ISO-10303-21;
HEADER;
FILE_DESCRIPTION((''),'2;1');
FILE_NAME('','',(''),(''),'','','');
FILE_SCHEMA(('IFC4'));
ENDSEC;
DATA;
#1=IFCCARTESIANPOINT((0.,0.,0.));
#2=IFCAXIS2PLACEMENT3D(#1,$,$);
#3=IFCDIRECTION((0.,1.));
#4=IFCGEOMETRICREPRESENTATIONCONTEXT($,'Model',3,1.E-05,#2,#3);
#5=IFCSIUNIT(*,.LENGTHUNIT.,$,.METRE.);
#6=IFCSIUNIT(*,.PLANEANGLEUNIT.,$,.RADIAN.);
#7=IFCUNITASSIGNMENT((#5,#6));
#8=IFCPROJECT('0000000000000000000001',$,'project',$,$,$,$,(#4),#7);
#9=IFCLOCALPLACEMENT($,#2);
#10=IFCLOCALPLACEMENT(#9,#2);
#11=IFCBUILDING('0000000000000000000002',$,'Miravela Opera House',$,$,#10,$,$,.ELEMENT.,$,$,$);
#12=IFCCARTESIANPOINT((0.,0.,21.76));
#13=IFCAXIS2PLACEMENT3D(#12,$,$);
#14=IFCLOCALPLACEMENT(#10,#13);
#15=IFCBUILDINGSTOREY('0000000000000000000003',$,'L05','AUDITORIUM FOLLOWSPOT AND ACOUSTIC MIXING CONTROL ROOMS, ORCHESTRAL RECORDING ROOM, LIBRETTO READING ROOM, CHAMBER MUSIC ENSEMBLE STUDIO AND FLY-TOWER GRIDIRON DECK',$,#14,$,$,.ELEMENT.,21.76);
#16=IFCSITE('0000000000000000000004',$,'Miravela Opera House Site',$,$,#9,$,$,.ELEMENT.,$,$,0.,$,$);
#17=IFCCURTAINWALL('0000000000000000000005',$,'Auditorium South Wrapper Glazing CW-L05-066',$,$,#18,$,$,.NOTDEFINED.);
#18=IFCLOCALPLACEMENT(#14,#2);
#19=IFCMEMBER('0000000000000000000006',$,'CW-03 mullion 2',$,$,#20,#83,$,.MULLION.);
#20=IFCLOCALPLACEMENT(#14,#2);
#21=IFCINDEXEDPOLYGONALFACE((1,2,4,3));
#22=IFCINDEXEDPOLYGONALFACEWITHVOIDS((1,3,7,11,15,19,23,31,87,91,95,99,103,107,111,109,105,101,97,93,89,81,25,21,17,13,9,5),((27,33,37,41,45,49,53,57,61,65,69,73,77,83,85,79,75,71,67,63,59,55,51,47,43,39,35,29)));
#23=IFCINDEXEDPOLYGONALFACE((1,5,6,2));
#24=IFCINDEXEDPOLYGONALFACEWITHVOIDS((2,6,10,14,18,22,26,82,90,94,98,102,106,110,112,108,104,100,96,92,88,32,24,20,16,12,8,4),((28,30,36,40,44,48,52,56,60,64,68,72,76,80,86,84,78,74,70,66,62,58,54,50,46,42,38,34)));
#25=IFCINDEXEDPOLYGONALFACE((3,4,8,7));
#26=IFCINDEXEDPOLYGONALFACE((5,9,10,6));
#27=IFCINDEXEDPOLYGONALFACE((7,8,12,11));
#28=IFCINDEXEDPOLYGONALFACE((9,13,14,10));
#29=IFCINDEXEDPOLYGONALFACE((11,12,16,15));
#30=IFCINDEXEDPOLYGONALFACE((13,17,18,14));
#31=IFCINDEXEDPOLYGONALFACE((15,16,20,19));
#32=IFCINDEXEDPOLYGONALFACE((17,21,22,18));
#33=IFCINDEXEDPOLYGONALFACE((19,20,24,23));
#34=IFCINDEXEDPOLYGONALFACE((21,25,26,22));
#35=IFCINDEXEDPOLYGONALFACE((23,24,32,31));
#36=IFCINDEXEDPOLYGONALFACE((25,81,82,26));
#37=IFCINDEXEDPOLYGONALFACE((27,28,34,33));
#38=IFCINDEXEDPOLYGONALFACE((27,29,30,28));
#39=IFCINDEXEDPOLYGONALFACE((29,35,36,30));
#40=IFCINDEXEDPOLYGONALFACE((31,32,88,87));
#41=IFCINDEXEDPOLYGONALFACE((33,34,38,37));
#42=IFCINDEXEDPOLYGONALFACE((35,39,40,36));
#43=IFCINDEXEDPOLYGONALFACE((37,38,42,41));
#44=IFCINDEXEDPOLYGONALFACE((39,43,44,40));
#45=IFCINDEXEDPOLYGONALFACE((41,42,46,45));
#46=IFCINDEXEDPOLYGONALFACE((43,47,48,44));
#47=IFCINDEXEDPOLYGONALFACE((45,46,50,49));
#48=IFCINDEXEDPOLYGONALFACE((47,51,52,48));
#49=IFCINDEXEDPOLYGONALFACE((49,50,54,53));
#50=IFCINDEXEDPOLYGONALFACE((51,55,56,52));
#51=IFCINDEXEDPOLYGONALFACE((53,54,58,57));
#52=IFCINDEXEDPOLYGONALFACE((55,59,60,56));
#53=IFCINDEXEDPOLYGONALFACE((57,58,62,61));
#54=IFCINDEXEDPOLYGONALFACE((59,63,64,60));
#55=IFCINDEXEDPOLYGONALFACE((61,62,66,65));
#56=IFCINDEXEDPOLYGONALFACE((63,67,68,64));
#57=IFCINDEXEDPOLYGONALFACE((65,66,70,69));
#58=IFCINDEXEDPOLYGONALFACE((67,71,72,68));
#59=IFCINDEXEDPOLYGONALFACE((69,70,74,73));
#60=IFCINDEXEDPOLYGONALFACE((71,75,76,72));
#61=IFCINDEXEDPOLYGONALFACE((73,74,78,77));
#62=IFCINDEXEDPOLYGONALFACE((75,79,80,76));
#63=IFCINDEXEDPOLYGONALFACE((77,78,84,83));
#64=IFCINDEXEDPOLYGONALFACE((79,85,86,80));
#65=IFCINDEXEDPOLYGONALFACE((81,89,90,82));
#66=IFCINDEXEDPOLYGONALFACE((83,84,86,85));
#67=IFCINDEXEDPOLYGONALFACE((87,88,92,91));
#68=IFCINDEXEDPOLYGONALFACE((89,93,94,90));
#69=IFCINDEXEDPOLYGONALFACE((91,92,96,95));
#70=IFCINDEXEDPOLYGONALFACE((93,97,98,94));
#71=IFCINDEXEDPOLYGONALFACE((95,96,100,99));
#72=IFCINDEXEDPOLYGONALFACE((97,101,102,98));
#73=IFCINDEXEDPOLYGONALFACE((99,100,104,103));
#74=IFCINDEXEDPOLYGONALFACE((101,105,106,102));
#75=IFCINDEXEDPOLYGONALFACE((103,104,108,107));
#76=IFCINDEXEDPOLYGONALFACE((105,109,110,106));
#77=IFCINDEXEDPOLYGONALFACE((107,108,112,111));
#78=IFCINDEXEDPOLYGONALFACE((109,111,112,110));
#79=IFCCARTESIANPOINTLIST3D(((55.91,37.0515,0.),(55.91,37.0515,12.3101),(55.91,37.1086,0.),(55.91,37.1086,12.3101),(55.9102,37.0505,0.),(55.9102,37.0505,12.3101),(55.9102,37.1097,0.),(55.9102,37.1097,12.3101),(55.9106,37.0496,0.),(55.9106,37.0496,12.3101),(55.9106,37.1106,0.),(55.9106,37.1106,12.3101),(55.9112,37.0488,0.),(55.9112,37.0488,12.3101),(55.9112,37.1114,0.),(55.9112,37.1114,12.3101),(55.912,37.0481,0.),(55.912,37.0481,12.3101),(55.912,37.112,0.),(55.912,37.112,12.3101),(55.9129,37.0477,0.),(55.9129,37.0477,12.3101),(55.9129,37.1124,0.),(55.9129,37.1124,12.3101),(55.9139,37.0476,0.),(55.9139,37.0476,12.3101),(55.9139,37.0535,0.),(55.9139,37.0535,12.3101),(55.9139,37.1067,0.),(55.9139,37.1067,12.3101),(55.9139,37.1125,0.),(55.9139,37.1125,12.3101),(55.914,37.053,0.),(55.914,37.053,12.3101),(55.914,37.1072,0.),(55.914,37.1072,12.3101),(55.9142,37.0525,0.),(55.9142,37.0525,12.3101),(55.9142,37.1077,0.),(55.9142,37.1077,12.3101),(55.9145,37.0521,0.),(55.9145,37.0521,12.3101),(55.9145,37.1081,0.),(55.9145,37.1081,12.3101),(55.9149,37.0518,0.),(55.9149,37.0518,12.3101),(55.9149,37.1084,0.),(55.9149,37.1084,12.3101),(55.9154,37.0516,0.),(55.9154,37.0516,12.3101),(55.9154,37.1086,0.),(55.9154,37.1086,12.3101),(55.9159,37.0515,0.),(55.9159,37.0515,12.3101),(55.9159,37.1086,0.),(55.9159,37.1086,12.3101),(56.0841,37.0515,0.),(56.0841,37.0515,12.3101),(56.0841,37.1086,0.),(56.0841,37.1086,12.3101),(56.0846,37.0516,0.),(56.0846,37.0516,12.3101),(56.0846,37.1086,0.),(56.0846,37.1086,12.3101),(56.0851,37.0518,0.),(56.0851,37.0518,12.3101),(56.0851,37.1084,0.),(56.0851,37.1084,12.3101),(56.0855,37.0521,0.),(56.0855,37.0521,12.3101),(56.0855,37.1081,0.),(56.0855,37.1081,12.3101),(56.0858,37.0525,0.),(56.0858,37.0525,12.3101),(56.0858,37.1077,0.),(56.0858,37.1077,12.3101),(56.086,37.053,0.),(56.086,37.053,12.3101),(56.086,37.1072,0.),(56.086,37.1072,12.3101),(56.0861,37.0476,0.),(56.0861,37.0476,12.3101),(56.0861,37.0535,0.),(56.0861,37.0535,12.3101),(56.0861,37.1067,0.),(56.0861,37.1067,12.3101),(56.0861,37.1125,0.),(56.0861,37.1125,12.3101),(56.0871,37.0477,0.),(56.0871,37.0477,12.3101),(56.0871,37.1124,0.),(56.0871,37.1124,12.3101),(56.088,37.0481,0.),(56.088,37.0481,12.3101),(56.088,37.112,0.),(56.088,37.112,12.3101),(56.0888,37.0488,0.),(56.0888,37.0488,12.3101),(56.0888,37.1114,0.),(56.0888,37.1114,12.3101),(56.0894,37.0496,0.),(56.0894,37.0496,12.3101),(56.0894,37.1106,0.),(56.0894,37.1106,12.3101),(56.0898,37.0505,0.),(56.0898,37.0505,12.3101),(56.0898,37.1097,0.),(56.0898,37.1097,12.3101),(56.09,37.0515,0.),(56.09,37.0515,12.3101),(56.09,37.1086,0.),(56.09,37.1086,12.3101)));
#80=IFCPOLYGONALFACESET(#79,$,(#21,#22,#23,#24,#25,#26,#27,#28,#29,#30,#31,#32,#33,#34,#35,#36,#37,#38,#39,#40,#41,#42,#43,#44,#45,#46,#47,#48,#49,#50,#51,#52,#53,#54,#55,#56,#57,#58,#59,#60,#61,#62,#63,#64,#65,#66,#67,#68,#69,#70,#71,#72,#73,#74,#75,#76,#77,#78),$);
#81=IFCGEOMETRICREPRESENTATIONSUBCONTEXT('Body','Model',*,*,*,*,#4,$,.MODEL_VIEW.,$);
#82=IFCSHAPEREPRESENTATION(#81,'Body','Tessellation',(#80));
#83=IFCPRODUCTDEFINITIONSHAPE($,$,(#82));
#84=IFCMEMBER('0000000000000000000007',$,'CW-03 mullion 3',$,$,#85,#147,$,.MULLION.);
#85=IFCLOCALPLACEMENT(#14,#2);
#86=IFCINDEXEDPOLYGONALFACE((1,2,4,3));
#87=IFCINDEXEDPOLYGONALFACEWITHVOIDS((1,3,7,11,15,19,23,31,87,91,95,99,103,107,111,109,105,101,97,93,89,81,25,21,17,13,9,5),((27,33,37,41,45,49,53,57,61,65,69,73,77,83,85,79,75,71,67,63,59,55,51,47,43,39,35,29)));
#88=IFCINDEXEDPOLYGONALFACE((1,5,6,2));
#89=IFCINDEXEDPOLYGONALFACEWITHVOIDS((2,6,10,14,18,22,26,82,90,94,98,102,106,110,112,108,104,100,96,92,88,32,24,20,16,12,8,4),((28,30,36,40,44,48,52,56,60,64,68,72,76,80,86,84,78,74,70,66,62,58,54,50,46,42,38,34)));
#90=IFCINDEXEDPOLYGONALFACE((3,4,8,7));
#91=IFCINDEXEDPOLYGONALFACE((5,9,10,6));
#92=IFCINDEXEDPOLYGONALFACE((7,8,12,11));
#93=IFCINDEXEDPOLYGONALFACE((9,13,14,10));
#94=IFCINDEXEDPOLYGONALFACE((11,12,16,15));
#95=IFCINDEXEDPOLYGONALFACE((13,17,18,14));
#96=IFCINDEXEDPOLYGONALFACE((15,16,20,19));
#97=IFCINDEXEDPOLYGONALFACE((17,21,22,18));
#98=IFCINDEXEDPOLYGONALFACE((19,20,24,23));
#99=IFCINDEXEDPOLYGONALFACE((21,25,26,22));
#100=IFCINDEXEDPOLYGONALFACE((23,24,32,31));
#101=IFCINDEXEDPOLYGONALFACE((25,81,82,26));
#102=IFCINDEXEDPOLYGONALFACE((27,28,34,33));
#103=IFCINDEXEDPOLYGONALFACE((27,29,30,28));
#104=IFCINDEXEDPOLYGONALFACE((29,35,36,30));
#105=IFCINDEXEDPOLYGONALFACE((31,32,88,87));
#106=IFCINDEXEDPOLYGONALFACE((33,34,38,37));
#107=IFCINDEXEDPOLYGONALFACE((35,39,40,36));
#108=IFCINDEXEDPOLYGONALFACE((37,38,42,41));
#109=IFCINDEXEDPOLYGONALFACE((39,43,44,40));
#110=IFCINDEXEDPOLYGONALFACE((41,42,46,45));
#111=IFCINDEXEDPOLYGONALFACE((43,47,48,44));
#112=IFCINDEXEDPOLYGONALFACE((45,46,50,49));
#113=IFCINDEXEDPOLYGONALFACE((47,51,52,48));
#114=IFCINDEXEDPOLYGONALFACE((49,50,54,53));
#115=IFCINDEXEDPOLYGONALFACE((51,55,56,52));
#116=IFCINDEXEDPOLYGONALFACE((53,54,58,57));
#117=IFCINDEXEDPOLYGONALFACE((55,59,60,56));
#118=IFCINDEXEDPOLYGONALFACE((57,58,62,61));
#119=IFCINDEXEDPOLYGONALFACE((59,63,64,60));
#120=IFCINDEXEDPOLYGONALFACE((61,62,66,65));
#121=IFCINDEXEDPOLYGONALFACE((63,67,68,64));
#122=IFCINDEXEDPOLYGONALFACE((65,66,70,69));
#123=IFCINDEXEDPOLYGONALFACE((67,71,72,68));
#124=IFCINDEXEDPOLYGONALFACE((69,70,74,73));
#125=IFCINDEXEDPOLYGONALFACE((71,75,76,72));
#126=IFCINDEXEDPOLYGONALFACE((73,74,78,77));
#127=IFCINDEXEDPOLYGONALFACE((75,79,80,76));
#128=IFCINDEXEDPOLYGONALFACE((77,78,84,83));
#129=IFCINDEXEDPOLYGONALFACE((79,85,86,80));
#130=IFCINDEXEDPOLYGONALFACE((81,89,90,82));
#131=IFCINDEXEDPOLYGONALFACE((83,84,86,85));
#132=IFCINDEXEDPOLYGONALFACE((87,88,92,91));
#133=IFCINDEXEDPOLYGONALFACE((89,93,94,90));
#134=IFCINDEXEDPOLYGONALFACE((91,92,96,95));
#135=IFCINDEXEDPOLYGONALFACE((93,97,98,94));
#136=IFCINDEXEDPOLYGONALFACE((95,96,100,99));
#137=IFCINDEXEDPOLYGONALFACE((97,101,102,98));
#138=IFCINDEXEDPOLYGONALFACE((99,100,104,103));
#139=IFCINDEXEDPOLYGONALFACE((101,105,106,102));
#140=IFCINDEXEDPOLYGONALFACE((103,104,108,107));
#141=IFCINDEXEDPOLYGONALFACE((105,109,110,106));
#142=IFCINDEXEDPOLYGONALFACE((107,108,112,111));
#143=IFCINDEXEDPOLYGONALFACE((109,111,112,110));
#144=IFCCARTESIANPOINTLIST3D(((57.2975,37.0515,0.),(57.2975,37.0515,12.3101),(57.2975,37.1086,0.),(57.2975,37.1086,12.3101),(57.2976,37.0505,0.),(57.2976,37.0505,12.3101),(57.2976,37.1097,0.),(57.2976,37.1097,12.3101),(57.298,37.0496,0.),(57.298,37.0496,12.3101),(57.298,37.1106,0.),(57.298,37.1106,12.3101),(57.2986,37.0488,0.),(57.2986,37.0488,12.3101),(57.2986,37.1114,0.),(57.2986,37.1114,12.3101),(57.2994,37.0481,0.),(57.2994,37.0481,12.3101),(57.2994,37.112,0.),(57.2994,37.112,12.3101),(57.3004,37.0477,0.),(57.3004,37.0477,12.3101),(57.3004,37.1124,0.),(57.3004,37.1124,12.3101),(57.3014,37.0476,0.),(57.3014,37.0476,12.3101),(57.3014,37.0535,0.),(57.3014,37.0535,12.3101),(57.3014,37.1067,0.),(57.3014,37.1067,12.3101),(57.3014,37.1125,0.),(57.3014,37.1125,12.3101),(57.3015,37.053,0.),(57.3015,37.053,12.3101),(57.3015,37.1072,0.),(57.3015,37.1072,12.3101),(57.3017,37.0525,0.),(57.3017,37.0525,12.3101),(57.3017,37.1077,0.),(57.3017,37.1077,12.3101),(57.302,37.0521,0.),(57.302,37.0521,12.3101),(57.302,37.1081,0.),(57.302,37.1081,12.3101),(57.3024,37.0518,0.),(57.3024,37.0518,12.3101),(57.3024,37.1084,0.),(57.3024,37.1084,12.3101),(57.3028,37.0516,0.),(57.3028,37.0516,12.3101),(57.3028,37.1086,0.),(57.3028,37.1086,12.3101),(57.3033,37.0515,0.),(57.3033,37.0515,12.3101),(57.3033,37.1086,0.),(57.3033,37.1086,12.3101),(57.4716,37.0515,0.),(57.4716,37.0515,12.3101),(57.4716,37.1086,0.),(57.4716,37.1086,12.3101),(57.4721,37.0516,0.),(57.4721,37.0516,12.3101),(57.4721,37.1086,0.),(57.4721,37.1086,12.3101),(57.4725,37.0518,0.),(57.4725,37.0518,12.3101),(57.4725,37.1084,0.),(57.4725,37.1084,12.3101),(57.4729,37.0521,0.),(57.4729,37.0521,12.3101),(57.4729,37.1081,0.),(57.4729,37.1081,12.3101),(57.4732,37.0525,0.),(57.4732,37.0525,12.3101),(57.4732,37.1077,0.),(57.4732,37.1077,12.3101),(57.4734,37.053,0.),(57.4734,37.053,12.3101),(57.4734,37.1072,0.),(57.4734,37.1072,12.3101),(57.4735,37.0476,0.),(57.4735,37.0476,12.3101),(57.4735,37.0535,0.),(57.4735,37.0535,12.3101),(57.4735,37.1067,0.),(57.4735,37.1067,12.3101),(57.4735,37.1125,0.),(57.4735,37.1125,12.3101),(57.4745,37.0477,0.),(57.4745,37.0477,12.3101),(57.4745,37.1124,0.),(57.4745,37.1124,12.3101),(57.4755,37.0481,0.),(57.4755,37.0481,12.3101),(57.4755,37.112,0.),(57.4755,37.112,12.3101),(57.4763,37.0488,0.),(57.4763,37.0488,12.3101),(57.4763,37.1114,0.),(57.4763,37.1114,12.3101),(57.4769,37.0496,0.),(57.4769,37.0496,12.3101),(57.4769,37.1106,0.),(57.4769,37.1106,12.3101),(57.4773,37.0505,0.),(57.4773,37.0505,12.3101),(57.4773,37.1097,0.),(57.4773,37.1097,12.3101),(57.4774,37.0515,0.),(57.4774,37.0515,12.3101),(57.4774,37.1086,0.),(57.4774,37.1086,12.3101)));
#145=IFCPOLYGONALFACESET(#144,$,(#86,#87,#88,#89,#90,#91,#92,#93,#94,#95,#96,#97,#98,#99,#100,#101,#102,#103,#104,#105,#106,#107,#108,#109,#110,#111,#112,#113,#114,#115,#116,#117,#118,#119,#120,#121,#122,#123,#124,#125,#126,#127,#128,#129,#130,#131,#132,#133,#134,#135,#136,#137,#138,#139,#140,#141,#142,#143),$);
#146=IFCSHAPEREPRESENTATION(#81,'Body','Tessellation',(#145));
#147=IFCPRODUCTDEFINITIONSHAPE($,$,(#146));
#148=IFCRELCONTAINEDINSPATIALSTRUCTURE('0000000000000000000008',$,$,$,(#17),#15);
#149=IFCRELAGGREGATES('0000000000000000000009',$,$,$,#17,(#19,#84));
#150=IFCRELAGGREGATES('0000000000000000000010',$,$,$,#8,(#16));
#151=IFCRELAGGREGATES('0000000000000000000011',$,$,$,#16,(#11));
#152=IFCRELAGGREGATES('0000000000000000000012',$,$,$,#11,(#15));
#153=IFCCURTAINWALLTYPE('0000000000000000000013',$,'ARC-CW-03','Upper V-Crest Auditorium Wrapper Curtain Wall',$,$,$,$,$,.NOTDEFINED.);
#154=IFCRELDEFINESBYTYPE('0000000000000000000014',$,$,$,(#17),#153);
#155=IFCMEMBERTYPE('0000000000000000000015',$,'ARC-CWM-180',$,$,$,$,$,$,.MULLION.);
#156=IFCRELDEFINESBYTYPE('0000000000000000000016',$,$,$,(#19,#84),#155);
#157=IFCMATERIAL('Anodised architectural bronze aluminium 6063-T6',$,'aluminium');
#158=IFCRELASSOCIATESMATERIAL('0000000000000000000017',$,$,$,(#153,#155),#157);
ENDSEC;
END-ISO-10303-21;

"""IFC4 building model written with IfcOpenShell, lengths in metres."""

from ifc_helpers import new_model, si_unit, direction, frame, origin, origin_2d, place, context, subcontext, project, spatial, hollow_rectangle, extrude, material, material_profile, profile_set, type_object, element, aggregate, save


model = new_model("IFC4")

# Units and contexts
model_context = context("Model", 3, precision=1e-05, world=origin(), true_north=direction((0.0, 1.0)))
body_context = subcontext(model_context, "Body", "Model", "MODEL_VIEW")
ifc_project = project(units=[si_unit("LENGTHUNIT", "METRE"), si_unit("PLANEANGLEUNIT", "RADIAN")], contexts=[model_context])

# Site, building, storey
site_placement = place(None, origin())
site = spatial("IfcSite", under=ifc_project, at=site_placement, Name="Miravela Opera House Site", CompositionType="ELEMENT", RefElevation=0.0)
building_placement = place(site_placement, origin())
building = spatial("IfcBuilding", under=site, at=building_placement, Name="Miravela Opera House", CompositionType="ELEMENT")
storey_placement = place(building_placement, frame((0.0, 0.0, 21.76)))
storey = spatial("IfcBuildingStorey", under=building, at=storey_placement, Name="L05", Description="AUDITORIUM FOLLOWSPOT AND ACOUSTIC MIXING CONTROL ROOMS, ORCHESTRAL RECORDING ROOM, LIBRETTO READING ROOM, CHAMBER MUSIC ENSEMBLE STUDIO AND FLY-TOWER GRIDIRON DECK", CompositionType="ELEMENT", Elevation=21.76)

# Curtain wall, members
ifc_material_1 = material(Name="Anodised architectural bronze aluminium 6063-T6", Category="aluminium")
curtain_wall_type = type_object("IfcCurtainWallType", Name="ARC-CW-03", Description="Upper V-Crest Auditorium Wrapper Curtain Wall", PredefinedType="NOTDEFINED", material=ifc_material_1)
curtain_wall_placement = place(storey_placement, origin())
curtain_wall = element("IfcCurtainWall", 1, at=curtain_wall_placement, inside=storey, type_object=curtain_wall_type, Name="Auditorium South Wrapper Glazing CW-L05-066", PredefinedType="NOTDEFINED")
ifc_material_profile_1 = material_profile(ifc_material_1, hollow_rectangle(XDim=0.0649, YDim=0.1799, WallThickness=0.0039, InnerFilletRadius=0.002, OuterFilletRadius=0.0039, at=origin_2d()), Name="CWM-65X180")
ifc_profile_set_1 = profile_set([ifc_material_profile_1])
member_type_1 = type_object("IfcMemberType", Name="ARC-CWM-180", PredefinedType="MULLION", material=ifc_profile_set_1)
member_1_placement = place(storey_placement, frame((56.0, 37.0801, 0.0), z_axis=(0.0, 0.0, 1.0), x_axis=(0.0, 1.0, 0.0)))
member_1 = element("IfcMember", 2, at=member_1_placement, type_object=member_type_1, Name="CW-03 mullion 2", PredefinedType="MULLION", context=body_context, shape_type="SweptSolid", body=[
    extrude(hollow_rectangle(XDim=0.0649, YDim=0.1799, WallThickness=0.0039, InnerFilletRadius=0.002, OuterFilletRadius=0.0039, at=origin_2d()), origin(), (0.0, 0.0, 1.0), 12.3101),
])
member_2_placement = place(storey_placement, frame((57.3875, 37.0801, 0.0), z_axis=(0.0, 0.0, 1.0), x_axis=(0.0, 1.0, 0.0)))
member_2 = element("IfcMember", 3, at=member_2_placement, type_object=member_type_1, Name="CW-03 mullion 3", PredefinedType="MULLION", context=body_context, shape_type="SweptSolid", body=[
    extrude(hollow_rectangle(XDim=0.0649, YDim=0.1799, WallThickness=0.0039, InnerFilletRadius=0.002, OuterFilletRadius=0.0039, at=origin_2d()), origin(), (0.0, 0.0, 1.0), 12.3101),
])

aggregate(curtain_wall, [member_1, member_2])

save(model, "model.ifc")
